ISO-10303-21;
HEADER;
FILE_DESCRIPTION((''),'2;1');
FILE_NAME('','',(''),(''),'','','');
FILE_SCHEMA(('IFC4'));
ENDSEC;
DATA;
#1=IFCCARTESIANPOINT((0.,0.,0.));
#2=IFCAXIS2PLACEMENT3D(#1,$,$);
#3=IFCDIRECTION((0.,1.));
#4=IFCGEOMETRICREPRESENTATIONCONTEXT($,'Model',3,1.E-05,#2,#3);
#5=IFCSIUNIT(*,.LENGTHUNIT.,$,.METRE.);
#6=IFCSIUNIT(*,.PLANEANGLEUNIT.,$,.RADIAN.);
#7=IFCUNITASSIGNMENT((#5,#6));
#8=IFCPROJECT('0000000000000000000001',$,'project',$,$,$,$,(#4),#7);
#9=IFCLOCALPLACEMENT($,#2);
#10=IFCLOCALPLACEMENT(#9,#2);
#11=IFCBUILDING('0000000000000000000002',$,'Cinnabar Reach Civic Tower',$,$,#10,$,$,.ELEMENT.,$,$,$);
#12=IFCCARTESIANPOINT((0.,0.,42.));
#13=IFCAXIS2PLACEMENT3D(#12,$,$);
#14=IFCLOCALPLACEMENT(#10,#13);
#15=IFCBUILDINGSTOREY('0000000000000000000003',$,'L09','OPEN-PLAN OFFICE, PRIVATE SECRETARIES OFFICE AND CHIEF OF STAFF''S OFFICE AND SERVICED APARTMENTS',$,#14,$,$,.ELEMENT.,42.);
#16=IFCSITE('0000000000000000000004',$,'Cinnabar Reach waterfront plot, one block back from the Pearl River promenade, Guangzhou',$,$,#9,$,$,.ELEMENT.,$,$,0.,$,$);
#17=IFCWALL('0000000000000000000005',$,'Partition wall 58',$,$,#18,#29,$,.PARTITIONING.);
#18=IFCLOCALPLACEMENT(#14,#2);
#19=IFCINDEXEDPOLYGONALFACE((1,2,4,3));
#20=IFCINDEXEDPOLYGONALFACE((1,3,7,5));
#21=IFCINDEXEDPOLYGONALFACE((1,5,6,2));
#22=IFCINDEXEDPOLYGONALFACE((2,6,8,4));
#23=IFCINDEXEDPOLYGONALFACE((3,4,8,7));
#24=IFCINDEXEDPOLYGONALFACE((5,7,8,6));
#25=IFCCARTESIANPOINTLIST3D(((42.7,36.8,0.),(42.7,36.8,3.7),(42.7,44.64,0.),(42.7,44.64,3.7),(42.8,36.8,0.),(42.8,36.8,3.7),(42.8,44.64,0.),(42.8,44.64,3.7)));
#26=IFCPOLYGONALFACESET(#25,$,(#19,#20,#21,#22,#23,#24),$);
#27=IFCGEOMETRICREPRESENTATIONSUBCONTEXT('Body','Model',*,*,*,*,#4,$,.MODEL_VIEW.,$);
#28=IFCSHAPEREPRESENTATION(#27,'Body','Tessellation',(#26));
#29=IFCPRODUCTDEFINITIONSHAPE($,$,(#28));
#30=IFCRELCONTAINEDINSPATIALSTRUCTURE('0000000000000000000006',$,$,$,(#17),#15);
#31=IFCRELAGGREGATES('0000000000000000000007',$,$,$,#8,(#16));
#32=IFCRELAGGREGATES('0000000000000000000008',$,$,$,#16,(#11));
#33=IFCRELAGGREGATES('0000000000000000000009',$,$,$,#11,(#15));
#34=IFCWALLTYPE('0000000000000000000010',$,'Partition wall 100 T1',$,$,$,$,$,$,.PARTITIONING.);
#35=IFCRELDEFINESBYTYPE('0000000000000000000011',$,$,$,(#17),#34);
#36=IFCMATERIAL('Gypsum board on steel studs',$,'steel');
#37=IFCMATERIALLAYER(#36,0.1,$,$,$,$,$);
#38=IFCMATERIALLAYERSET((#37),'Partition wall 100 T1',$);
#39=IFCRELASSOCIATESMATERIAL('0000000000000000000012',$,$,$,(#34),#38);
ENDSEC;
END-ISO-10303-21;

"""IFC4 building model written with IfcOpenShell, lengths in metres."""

from ifc_helpers import new_model, si_unit, direction, frame, frame_2d, origin, place, context, subcontext, project, spatial, rectangle, extrude, material, layer, layer_set, type_object, element, save


model = new_model("IFC4")

# Units and contexts
model_context = context("Model", 3, precision=1e-05, world=origin(), true_north=direction((0.0, 1.0)))
body_context = subcontext(model_context, "Body", "Model", "MODEL_VIEW")
ifc_project = project(units=[si_unit("LENGTHUNIT", "METRE"), si_unit("PLANEANGLEUNIT", "RADIAN")], contexts=[model_context])

# Site, building, storey
site_placement = place(None, origin())
site = spatial("IfcSite", under=ifc_project, at=site_placement, Name="Cinnabar Reach waterfront plot, one block back from the Pearl River promenade, Guangzhou", CompositionType="ELEMENT", RefElevation=0.0)
building_placement = place(site_placement, origin())
building = spatial("IfcBuilding", under=site, at=building_placement, Name="Cinnabar Reach Civic Tower", CompositionType="ELEMENT")
storey_placement = place(building_placement, frame((0.0, 0.0, 42.0)))
storey = spatial("IfcBuildingStorey", under=building, at=storey_placement, Name="L09", Description="OPEN-PLAN OFFICE, PRIVATE SECRETARIES OFFICE AND CHIEF OF STAFF'S OFFICE AND SERVICED APARTMENTS", CompositionType="ELEMENT", Elevation=42.0)

# Wall
ifc_material_1 = material(Name="Gypsum board on steel studs", Category="steel")
ifc_layer_1 = layer(ifc_material_1, 0.1)
ifc_layer_set_1 = layer_set([ifc_layer_1], Name="Partition wall 100 T1")
wall_type_1 = type_object("IfcWallType", Name="Partition wall 100 T1", PredefinedType="PARTITIONING", material=ifc_layer_set_1)
wall_1_placement = place(storey_placement, frame((42.75, 36.8, 0.0), z_axis=(0.0, 0.0, 1.0), x_axis=(0.0, 1.0, 0.0)))
element("IfcWall", 1, at=wall_1_placement, inside=storey, type_object=wall_type_1, Name="Partition wall 58", PredefinedType="PARTITIONING", context=body_context, shape_type="SweptSolid", body=[
    extrude(rectangle(XDim=7.84, YDim=0.1, at=frame_2d((3.92, 0.0))), origin(), (0.0, 0.0, 1.0), 3.7),
])

save(model, "model.ifc")
